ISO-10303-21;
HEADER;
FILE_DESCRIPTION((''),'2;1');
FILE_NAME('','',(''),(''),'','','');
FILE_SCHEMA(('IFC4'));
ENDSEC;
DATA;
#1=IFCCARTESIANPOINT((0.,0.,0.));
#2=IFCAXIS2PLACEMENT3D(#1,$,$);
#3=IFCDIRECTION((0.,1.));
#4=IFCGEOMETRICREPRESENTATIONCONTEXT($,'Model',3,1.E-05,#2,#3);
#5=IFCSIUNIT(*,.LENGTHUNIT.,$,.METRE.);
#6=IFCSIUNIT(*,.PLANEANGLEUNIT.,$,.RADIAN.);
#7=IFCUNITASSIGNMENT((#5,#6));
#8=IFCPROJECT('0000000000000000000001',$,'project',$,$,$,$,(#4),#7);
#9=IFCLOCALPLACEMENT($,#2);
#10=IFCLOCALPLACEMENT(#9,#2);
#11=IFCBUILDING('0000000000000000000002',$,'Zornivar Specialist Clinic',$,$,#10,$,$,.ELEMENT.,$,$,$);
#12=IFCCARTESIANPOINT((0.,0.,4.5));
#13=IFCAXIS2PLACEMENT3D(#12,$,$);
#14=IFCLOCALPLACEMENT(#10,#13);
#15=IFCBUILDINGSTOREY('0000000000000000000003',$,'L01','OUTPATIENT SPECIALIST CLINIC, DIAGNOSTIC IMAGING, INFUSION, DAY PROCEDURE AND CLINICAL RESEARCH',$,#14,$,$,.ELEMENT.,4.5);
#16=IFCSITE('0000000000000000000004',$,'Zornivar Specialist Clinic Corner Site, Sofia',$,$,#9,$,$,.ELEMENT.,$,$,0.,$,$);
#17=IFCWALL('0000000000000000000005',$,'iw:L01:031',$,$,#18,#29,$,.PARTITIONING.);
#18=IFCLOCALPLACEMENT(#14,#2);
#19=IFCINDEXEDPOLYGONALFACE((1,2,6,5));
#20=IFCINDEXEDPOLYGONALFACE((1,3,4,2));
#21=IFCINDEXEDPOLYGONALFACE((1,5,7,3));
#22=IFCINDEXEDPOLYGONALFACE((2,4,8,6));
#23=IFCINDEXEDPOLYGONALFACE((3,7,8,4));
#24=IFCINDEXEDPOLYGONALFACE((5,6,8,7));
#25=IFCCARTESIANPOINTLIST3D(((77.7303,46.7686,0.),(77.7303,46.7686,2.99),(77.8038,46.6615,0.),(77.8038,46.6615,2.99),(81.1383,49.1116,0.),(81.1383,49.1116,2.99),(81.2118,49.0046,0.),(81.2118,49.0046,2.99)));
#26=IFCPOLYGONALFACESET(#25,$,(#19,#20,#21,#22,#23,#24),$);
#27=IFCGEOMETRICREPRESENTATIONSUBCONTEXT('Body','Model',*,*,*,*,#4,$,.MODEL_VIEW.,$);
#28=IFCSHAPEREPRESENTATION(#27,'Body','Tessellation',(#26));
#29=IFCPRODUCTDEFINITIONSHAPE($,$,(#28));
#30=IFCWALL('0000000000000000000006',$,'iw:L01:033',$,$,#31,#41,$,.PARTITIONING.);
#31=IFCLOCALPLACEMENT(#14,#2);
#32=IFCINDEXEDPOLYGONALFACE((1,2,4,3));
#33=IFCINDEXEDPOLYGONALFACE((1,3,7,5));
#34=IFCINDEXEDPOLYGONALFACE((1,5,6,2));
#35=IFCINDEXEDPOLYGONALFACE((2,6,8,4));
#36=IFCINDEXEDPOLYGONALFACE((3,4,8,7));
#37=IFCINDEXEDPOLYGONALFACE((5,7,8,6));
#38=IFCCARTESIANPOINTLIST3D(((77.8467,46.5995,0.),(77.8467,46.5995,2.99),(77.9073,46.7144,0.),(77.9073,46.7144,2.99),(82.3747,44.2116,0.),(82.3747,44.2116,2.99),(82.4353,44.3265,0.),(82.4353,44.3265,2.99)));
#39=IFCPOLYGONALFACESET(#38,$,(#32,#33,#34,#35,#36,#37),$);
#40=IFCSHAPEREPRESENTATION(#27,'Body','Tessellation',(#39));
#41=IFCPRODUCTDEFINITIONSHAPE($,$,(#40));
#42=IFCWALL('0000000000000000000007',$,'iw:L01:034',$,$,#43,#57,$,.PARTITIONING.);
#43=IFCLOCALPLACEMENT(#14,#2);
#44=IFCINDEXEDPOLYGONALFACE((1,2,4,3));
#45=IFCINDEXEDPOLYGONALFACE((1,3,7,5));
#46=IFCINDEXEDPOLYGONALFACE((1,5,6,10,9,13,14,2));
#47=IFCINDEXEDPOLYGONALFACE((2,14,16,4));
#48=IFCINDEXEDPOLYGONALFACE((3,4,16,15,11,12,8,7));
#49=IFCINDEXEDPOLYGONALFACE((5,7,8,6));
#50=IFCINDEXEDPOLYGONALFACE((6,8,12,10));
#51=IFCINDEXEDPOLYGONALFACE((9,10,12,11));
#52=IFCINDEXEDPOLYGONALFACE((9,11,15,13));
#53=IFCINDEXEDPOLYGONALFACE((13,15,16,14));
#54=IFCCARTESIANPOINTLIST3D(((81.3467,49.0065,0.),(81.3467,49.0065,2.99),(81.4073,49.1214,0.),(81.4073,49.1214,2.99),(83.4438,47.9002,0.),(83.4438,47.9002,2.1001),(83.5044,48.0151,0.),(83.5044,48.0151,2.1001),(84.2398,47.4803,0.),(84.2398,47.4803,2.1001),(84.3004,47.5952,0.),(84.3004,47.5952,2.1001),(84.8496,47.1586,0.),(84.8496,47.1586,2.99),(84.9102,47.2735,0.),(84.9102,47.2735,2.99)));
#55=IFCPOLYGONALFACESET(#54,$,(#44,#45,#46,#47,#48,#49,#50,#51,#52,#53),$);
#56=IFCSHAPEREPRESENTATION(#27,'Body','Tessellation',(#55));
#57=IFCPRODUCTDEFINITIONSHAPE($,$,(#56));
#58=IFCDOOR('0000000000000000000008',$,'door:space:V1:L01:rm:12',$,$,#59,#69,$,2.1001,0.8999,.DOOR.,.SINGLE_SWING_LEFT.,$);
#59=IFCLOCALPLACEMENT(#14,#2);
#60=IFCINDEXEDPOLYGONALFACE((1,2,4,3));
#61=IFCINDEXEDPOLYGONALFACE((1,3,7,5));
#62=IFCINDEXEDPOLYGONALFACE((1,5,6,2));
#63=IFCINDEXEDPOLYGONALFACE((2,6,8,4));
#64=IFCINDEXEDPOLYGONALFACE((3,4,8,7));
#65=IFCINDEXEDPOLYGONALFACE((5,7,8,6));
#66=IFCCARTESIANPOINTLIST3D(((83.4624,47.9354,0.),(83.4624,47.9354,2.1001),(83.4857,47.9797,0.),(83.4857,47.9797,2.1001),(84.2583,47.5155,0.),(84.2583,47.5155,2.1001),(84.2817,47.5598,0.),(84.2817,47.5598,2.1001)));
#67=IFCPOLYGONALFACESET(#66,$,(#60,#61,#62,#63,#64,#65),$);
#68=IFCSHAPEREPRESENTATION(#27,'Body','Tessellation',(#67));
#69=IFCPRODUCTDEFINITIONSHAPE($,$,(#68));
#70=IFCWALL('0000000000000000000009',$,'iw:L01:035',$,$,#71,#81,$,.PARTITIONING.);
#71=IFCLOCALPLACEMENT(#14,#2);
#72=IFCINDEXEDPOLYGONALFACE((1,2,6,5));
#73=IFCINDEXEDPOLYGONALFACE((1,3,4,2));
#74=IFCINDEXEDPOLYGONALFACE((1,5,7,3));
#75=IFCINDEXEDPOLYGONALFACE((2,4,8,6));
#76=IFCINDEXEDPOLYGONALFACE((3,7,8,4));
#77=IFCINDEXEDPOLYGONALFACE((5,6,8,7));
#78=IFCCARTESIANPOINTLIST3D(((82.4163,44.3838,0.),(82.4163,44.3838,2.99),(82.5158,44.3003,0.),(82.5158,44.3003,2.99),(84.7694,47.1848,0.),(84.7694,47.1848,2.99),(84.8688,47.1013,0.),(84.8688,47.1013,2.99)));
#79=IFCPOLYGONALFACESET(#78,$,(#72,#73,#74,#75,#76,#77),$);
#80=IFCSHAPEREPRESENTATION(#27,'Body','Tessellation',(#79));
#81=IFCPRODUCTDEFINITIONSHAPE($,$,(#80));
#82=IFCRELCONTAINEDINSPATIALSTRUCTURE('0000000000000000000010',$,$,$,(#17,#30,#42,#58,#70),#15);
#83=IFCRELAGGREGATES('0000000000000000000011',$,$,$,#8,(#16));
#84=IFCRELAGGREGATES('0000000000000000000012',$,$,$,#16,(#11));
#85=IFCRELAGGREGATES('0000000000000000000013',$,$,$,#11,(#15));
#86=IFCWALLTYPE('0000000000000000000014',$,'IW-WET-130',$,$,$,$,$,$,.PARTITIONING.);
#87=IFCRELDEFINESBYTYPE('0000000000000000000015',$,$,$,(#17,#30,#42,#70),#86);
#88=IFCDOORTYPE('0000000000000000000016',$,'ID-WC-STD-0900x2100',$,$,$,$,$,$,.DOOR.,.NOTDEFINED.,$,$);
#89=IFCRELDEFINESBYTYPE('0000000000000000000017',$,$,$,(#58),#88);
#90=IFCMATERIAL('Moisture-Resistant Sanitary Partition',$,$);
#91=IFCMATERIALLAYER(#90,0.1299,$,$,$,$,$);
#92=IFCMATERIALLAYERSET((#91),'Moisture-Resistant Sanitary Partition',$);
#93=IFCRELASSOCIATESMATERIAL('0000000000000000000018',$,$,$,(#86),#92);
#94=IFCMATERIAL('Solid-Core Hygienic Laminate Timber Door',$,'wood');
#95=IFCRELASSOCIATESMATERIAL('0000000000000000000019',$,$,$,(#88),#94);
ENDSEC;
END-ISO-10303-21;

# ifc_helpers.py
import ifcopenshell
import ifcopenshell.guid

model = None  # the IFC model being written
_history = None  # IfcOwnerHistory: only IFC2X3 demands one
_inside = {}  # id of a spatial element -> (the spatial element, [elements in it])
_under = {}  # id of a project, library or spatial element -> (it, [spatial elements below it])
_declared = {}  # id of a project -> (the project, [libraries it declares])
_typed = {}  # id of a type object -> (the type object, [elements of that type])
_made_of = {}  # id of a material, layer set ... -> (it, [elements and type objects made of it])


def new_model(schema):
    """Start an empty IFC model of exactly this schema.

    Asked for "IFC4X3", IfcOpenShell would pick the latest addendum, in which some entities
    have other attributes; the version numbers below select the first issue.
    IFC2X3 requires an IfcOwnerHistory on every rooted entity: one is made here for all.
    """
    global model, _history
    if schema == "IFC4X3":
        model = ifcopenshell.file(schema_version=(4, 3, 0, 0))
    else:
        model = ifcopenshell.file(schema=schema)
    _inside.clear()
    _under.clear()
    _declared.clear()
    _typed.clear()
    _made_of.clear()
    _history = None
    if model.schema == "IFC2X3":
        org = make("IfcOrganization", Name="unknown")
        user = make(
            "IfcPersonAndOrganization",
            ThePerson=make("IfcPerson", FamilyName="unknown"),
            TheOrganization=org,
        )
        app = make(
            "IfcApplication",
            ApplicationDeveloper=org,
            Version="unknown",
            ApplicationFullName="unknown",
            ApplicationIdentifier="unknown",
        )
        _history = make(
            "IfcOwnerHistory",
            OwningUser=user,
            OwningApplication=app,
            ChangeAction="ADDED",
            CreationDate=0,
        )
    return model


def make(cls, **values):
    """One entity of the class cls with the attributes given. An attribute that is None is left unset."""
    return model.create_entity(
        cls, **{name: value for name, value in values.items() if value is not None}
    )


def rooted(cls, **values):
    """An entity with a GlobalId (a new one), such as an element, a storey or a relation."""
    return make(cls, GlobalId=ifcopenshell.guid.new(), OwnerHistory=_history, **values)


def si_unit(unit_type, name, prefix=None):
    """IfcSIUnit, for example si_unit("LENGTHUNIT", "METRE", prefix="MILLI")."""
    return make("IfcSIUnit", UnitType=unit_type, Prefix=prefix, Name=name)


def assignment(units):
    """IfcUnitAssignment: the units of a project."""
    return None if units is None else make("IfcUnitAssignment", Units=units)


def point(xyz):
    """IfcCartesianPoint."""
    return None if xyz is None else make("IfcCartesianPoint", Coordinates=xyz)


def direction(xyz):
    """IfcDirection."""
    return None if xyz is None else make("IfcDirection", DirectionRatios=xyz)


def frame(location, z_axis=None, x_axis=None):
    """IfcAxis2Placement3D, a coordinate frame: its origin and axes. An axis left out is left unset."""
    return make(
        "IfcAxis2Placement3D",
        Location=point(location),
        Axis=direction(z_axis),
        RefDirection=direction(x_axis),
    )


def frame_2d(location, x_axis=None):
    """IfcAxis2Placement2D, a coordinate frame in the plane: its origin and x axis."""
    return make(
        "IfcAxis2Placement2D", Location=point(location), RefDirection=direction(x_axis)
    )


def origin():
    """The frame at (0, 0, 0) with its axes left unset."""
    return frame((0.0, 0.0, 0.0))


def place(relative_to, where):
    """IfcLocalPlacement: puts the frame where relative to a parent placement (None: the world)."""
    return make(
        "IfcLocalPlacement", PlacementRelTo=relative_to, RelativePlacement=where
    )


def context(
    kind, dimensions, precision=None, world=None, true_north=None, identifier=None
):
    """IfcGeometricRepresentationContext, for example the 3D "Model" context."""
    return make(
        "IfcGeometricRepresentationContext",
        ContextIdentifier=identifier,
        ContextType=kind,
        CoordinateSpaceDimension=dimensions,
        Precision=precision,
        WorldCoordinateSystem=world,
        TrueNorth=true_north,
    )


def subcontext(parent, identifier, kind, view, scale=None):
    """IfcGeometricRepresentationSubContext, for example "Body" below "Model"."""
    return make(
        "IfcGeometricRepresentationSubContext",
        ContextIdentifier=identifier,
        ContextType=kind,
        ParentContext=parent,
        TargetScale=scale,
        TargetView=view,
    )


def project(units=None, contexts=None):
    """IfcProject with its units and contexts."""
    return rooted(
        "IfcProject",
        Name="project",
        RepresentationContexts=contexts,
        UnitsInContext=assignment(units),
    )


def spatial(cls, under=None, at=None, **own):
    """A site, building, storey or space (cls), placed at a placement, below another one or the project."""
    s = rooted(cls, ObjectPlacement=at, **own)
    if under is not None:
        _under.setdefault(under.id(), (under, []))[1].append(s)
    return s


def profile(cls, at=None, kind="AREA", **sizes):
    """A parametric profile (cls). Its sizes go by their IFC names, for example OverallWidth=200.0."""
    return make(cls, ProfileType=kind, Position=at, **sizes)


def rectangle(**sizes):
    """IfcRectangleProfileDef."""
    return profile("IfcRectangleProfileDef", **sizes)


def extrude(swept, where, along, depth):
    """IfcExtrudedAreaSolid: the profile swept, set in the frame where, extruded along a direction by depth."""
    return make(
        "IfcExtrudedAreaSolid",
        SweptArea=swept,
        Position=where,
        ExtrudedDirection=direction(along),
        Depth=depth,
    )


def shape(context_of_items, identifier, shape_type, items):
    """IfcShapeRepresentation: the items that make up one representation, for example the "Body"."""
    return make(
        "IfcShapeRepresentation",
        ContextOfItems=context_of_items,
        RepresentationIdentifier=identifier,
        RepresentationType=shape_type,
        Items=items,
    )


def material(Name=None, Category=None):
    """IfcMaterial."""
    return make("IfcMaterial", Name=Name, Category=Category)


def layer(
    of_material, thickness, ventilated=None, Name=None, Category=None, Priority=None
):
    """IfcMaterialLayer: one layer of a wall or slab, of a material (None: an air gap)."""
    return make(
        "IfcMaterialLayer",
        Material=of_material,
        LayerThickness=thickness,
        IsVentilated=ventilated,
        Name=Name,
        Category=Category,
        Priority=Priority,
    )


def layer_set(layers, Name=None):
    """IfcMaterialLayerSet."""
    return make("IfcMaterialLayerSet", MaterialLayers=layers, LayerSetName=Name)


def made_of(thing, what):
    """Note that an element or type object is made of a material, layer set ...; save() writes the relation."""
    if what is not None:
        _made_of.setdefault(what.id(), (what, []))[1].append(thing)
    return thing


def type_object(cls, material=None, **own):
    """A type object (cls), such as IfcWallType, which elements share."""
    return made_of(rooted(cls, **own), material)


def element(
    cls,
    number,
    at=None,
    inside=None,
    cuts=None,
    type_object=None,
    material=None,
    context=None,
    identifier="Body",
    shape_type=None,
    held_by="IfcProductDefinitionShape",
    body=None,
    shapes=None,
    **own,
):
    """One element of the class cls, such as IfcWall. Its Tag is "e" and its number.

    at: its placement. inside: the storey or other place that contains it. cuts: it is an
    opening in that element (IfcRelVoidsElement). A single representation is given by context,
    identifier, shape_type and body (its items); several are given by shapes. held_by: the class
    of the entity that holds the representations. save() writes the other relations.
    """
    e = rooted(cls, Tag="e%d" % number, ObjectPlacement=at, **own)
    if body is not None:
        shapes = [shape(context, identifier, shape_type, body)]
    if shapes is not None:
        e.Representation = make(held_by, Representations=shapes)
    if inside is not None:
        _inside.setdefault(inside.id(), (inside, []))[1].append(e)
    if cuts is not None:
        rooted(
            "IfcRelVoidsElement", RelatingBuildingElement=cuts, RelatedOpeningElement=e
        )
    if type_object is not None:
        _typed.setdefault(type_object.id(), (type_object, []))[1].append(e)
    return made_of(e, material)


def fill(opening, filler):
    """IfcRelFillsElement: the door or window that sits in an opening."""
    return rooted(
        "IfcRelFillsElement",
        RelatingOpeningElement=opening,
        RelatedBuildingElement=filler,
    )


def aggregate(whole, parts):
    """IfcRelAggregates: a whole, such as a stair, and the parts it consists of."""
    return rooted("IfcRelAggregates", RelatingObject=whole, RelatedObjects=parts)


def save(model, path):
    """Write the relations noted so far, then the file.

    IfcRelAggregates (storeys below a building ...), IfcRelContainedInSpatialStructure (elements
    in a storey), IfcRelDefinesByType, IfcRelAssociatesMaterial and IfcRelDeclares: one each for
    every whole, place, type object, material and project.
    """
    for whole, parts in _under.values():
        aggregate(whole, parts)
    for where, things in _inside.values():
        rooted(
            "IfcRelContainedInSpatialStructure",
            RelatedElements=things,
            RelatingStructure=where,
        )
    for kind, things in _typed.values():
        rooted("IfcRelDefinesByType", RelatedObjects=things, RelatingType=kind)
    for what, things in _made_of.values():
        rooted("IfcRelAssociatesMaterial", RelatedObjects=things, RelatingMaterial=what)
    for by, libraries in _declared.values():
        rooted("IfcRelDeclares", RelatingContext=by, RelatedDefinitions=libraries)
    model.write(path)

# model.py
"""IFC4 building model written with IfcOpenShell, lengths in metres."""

from ifc_helpers import new_model, si_unit, direction, frame, frame_2d, origin, place, context, subcontext, project, spatial, rectangle, extrude, material, layer, layer_set, type_object, element, fill, save


model = new_model("IFC4")

# Units and contexts
model_context = context("Model", 3, precision=1e-05, world=origin(), true_north=direction((0.0, 1.0)))
body_context = subcontext(model_context, "Body", "Model", "MODEL_VIEW")
ifc_project = project(units=[si_unit("LENGTHUNIT", "METRE"), si_unit("PLANEANGLEUNIT", "RADIAN")], contexts=[model_context])

# Site, building, storey
site_placement = place(None, origin())
site = spatial("IfcSite", under=ifc_project, at=site_placement, Name="Zornivar Specialist Clinic Corner Site, Sofia", CompositionType="ELEMENT", RefElevation=0.0)
building_placement = place(site_placement, origin())
building = spatial("IfcBuilding", under=site, at=building_placement, Name="Zornivar Specialist Clinic", CompositionType="ELEMENT")
storey_placement = place(building_placement, frame((0.0, 0.0, 4.5)))
storey = spatial("IfcBuildingStorey", under=building, at=storey_placement, Name="L01", Description="OUTPATIENT SPECIALIST CLINIC, DIAGNOSTIC IMAGING, INFUSION, DAY PROCEDURE AND CLINICAL RESEARCH", CompositionType="ELEMENT", Elevation=4.5)

# Walls
ifc_material_1 = material(Name="Moisture-Resistant Sanitary Partition")
ifc_layer_1 = layer(ifc_material_1, 0.1299)
ifc_layer_set_1 = layer_set([ifc_layer_1], Name="Moisture-Resistant Sanitary Partition")
wall_type_1 = type_object("IfcWallType", Name="IW-WET-130", PredefinedType="PARTITIONING", material=ifc_layer_set_1)
wall_1_placement = place(storey_placement, frame((81.175, 49.0581, 0.0), z_axis=(0.0, 0.0, 1.0), x_axis=(-0.824037, -0.566536, 0.0)))
element("IfcWall", 1, at=wall_1_placement, inside=storey, type_object=wall_type_1, Name="iw:L01:031", PredefinedType="PARTITIONING", context=body_context, shape_type="SweptSolid", body=[
    extrude(rectangle(XDim=4.1357, YDim=0.1299, at=frame_2d((2.0679, 0.0))), origin(), (0.0, 0.0, 1.0), 2.99),
])
wall_2_placement = place(storey_placement, frame((82.405, 44.269, 0.0), z_axis=(0.0, 0.0, 1.0), x_axis=(-0.884536, 0.466472, 0.0)))
element("IfcWall", 2, at=wall_2_placement, inside=storey, type_object=wall_type_1, Name="iw:L01:033", PredefinedType="PARTITIONING", context=body_context, shape_type="SweptSolid", body=[
    extrude(rectangle(XDim=5.1191, YDim=0.1299, at=frame_2d((2.5596, 0.0))), origin(), (0.0, 0.0, 1.0), 2.99),
])

# Wall, opening, door
wall_3_placement = place(storey_placement, frame((81.377, 49.064, 0.0), z_axis=(0.0, 0.0, 1.0), x_axis=(0.884475, -0.466587, 0.0)))
wall_3 = element("IfcWall", 3, at=wall_3_placement, inside=storey, type_object=wall_type_1, Name="iw:L01:034", PredefinedType="PARTITIONING", context=body_context, shape_type="SweptSolid", body=[
    extrude(rectangle(XDim=3.9604, YDim=0.1299, at=frame_2d((1.9802, 0.0))), origin(), (0.0, 0.0, 1.0), 2.99),
])
opening_1_placement = place(wall_3_placement, frame((2.3711, 0.0, 0.0)))
opening_1 = element("IfcOpeningElement", 4, at=opening_1_placement, cuts=wall_3, PredefinedType="OPENING", context=body_context, shape_type="SweptSolid", body=[
    extrude(rectangle(XDim=0.8999, YDim=2.1001, at=frame_2d((0.45, 1.05))), frame((0.0, 0.075, 0.0), z_axis=(0.0, -1.0, 0.0), x_axis=(1.0, 0.0, 0.0)), (0.0, 0.0, 1.0), 0.1499),
])
ifc_material_2 = material(Name="Solid-Core Hygienic Laminate Timber Door", Category="wood")
door_type_1 = type_object("IfcDoorType", Name="ID-WC-STD-0900x2100", OperationType="NOTDEFINED", PredefinedType="DOOR", material=ifc_material_2)
door_1_placement = place(opening_1_placement, origin())
door_1 = element("IfcDoor", 5, at=door_1_placement, inside=storey, type_object=door_type_1, Name="door:space:V1:L01:rm:12", OperationType="SINGLE_SWING_LEFT", OverallHeight=2.1001, OverallWidth=0.8999, PredefinedType="DOOR", context=body_context, shape_type="SweptSolid", body=[
    extrude(rectangle(XDim=0.8999, YDim=2.1001, at=frame_2d((0.45, 1.05))), frame((0.0, 0.0249, 0.0), z_axis=(0.0, -1.0, 0.0), x_axis=(1.0, 0.0, 0.0)), (0.0, 0.0, 1.0), 0.05),
])
fill(opening_1, door_1)

# Wall
wall_4_placement = place(storey_placement, frame((84.8191, 47.1431, 0.0), z_axis=(0.0, 0.0, 1.0), x_axis=(-0.643219, -0.765683, 0.0)))
element("IfcWall", 6, at=wall_4_placement, inside=storey, type_object=wall_type_1, Name="iw:L01:035", PredefinedType="PARTITIONING", context=body_context, shape_type="SweptSolid", body=[
    extrude(rectangle(XDim=3.6582, YDim=0.1299, at=frame_2d((1.8291, 0.0))), origin(), (0.0, 0.0, 1.0), 2.99),
])

save(model, "model.ifc")
